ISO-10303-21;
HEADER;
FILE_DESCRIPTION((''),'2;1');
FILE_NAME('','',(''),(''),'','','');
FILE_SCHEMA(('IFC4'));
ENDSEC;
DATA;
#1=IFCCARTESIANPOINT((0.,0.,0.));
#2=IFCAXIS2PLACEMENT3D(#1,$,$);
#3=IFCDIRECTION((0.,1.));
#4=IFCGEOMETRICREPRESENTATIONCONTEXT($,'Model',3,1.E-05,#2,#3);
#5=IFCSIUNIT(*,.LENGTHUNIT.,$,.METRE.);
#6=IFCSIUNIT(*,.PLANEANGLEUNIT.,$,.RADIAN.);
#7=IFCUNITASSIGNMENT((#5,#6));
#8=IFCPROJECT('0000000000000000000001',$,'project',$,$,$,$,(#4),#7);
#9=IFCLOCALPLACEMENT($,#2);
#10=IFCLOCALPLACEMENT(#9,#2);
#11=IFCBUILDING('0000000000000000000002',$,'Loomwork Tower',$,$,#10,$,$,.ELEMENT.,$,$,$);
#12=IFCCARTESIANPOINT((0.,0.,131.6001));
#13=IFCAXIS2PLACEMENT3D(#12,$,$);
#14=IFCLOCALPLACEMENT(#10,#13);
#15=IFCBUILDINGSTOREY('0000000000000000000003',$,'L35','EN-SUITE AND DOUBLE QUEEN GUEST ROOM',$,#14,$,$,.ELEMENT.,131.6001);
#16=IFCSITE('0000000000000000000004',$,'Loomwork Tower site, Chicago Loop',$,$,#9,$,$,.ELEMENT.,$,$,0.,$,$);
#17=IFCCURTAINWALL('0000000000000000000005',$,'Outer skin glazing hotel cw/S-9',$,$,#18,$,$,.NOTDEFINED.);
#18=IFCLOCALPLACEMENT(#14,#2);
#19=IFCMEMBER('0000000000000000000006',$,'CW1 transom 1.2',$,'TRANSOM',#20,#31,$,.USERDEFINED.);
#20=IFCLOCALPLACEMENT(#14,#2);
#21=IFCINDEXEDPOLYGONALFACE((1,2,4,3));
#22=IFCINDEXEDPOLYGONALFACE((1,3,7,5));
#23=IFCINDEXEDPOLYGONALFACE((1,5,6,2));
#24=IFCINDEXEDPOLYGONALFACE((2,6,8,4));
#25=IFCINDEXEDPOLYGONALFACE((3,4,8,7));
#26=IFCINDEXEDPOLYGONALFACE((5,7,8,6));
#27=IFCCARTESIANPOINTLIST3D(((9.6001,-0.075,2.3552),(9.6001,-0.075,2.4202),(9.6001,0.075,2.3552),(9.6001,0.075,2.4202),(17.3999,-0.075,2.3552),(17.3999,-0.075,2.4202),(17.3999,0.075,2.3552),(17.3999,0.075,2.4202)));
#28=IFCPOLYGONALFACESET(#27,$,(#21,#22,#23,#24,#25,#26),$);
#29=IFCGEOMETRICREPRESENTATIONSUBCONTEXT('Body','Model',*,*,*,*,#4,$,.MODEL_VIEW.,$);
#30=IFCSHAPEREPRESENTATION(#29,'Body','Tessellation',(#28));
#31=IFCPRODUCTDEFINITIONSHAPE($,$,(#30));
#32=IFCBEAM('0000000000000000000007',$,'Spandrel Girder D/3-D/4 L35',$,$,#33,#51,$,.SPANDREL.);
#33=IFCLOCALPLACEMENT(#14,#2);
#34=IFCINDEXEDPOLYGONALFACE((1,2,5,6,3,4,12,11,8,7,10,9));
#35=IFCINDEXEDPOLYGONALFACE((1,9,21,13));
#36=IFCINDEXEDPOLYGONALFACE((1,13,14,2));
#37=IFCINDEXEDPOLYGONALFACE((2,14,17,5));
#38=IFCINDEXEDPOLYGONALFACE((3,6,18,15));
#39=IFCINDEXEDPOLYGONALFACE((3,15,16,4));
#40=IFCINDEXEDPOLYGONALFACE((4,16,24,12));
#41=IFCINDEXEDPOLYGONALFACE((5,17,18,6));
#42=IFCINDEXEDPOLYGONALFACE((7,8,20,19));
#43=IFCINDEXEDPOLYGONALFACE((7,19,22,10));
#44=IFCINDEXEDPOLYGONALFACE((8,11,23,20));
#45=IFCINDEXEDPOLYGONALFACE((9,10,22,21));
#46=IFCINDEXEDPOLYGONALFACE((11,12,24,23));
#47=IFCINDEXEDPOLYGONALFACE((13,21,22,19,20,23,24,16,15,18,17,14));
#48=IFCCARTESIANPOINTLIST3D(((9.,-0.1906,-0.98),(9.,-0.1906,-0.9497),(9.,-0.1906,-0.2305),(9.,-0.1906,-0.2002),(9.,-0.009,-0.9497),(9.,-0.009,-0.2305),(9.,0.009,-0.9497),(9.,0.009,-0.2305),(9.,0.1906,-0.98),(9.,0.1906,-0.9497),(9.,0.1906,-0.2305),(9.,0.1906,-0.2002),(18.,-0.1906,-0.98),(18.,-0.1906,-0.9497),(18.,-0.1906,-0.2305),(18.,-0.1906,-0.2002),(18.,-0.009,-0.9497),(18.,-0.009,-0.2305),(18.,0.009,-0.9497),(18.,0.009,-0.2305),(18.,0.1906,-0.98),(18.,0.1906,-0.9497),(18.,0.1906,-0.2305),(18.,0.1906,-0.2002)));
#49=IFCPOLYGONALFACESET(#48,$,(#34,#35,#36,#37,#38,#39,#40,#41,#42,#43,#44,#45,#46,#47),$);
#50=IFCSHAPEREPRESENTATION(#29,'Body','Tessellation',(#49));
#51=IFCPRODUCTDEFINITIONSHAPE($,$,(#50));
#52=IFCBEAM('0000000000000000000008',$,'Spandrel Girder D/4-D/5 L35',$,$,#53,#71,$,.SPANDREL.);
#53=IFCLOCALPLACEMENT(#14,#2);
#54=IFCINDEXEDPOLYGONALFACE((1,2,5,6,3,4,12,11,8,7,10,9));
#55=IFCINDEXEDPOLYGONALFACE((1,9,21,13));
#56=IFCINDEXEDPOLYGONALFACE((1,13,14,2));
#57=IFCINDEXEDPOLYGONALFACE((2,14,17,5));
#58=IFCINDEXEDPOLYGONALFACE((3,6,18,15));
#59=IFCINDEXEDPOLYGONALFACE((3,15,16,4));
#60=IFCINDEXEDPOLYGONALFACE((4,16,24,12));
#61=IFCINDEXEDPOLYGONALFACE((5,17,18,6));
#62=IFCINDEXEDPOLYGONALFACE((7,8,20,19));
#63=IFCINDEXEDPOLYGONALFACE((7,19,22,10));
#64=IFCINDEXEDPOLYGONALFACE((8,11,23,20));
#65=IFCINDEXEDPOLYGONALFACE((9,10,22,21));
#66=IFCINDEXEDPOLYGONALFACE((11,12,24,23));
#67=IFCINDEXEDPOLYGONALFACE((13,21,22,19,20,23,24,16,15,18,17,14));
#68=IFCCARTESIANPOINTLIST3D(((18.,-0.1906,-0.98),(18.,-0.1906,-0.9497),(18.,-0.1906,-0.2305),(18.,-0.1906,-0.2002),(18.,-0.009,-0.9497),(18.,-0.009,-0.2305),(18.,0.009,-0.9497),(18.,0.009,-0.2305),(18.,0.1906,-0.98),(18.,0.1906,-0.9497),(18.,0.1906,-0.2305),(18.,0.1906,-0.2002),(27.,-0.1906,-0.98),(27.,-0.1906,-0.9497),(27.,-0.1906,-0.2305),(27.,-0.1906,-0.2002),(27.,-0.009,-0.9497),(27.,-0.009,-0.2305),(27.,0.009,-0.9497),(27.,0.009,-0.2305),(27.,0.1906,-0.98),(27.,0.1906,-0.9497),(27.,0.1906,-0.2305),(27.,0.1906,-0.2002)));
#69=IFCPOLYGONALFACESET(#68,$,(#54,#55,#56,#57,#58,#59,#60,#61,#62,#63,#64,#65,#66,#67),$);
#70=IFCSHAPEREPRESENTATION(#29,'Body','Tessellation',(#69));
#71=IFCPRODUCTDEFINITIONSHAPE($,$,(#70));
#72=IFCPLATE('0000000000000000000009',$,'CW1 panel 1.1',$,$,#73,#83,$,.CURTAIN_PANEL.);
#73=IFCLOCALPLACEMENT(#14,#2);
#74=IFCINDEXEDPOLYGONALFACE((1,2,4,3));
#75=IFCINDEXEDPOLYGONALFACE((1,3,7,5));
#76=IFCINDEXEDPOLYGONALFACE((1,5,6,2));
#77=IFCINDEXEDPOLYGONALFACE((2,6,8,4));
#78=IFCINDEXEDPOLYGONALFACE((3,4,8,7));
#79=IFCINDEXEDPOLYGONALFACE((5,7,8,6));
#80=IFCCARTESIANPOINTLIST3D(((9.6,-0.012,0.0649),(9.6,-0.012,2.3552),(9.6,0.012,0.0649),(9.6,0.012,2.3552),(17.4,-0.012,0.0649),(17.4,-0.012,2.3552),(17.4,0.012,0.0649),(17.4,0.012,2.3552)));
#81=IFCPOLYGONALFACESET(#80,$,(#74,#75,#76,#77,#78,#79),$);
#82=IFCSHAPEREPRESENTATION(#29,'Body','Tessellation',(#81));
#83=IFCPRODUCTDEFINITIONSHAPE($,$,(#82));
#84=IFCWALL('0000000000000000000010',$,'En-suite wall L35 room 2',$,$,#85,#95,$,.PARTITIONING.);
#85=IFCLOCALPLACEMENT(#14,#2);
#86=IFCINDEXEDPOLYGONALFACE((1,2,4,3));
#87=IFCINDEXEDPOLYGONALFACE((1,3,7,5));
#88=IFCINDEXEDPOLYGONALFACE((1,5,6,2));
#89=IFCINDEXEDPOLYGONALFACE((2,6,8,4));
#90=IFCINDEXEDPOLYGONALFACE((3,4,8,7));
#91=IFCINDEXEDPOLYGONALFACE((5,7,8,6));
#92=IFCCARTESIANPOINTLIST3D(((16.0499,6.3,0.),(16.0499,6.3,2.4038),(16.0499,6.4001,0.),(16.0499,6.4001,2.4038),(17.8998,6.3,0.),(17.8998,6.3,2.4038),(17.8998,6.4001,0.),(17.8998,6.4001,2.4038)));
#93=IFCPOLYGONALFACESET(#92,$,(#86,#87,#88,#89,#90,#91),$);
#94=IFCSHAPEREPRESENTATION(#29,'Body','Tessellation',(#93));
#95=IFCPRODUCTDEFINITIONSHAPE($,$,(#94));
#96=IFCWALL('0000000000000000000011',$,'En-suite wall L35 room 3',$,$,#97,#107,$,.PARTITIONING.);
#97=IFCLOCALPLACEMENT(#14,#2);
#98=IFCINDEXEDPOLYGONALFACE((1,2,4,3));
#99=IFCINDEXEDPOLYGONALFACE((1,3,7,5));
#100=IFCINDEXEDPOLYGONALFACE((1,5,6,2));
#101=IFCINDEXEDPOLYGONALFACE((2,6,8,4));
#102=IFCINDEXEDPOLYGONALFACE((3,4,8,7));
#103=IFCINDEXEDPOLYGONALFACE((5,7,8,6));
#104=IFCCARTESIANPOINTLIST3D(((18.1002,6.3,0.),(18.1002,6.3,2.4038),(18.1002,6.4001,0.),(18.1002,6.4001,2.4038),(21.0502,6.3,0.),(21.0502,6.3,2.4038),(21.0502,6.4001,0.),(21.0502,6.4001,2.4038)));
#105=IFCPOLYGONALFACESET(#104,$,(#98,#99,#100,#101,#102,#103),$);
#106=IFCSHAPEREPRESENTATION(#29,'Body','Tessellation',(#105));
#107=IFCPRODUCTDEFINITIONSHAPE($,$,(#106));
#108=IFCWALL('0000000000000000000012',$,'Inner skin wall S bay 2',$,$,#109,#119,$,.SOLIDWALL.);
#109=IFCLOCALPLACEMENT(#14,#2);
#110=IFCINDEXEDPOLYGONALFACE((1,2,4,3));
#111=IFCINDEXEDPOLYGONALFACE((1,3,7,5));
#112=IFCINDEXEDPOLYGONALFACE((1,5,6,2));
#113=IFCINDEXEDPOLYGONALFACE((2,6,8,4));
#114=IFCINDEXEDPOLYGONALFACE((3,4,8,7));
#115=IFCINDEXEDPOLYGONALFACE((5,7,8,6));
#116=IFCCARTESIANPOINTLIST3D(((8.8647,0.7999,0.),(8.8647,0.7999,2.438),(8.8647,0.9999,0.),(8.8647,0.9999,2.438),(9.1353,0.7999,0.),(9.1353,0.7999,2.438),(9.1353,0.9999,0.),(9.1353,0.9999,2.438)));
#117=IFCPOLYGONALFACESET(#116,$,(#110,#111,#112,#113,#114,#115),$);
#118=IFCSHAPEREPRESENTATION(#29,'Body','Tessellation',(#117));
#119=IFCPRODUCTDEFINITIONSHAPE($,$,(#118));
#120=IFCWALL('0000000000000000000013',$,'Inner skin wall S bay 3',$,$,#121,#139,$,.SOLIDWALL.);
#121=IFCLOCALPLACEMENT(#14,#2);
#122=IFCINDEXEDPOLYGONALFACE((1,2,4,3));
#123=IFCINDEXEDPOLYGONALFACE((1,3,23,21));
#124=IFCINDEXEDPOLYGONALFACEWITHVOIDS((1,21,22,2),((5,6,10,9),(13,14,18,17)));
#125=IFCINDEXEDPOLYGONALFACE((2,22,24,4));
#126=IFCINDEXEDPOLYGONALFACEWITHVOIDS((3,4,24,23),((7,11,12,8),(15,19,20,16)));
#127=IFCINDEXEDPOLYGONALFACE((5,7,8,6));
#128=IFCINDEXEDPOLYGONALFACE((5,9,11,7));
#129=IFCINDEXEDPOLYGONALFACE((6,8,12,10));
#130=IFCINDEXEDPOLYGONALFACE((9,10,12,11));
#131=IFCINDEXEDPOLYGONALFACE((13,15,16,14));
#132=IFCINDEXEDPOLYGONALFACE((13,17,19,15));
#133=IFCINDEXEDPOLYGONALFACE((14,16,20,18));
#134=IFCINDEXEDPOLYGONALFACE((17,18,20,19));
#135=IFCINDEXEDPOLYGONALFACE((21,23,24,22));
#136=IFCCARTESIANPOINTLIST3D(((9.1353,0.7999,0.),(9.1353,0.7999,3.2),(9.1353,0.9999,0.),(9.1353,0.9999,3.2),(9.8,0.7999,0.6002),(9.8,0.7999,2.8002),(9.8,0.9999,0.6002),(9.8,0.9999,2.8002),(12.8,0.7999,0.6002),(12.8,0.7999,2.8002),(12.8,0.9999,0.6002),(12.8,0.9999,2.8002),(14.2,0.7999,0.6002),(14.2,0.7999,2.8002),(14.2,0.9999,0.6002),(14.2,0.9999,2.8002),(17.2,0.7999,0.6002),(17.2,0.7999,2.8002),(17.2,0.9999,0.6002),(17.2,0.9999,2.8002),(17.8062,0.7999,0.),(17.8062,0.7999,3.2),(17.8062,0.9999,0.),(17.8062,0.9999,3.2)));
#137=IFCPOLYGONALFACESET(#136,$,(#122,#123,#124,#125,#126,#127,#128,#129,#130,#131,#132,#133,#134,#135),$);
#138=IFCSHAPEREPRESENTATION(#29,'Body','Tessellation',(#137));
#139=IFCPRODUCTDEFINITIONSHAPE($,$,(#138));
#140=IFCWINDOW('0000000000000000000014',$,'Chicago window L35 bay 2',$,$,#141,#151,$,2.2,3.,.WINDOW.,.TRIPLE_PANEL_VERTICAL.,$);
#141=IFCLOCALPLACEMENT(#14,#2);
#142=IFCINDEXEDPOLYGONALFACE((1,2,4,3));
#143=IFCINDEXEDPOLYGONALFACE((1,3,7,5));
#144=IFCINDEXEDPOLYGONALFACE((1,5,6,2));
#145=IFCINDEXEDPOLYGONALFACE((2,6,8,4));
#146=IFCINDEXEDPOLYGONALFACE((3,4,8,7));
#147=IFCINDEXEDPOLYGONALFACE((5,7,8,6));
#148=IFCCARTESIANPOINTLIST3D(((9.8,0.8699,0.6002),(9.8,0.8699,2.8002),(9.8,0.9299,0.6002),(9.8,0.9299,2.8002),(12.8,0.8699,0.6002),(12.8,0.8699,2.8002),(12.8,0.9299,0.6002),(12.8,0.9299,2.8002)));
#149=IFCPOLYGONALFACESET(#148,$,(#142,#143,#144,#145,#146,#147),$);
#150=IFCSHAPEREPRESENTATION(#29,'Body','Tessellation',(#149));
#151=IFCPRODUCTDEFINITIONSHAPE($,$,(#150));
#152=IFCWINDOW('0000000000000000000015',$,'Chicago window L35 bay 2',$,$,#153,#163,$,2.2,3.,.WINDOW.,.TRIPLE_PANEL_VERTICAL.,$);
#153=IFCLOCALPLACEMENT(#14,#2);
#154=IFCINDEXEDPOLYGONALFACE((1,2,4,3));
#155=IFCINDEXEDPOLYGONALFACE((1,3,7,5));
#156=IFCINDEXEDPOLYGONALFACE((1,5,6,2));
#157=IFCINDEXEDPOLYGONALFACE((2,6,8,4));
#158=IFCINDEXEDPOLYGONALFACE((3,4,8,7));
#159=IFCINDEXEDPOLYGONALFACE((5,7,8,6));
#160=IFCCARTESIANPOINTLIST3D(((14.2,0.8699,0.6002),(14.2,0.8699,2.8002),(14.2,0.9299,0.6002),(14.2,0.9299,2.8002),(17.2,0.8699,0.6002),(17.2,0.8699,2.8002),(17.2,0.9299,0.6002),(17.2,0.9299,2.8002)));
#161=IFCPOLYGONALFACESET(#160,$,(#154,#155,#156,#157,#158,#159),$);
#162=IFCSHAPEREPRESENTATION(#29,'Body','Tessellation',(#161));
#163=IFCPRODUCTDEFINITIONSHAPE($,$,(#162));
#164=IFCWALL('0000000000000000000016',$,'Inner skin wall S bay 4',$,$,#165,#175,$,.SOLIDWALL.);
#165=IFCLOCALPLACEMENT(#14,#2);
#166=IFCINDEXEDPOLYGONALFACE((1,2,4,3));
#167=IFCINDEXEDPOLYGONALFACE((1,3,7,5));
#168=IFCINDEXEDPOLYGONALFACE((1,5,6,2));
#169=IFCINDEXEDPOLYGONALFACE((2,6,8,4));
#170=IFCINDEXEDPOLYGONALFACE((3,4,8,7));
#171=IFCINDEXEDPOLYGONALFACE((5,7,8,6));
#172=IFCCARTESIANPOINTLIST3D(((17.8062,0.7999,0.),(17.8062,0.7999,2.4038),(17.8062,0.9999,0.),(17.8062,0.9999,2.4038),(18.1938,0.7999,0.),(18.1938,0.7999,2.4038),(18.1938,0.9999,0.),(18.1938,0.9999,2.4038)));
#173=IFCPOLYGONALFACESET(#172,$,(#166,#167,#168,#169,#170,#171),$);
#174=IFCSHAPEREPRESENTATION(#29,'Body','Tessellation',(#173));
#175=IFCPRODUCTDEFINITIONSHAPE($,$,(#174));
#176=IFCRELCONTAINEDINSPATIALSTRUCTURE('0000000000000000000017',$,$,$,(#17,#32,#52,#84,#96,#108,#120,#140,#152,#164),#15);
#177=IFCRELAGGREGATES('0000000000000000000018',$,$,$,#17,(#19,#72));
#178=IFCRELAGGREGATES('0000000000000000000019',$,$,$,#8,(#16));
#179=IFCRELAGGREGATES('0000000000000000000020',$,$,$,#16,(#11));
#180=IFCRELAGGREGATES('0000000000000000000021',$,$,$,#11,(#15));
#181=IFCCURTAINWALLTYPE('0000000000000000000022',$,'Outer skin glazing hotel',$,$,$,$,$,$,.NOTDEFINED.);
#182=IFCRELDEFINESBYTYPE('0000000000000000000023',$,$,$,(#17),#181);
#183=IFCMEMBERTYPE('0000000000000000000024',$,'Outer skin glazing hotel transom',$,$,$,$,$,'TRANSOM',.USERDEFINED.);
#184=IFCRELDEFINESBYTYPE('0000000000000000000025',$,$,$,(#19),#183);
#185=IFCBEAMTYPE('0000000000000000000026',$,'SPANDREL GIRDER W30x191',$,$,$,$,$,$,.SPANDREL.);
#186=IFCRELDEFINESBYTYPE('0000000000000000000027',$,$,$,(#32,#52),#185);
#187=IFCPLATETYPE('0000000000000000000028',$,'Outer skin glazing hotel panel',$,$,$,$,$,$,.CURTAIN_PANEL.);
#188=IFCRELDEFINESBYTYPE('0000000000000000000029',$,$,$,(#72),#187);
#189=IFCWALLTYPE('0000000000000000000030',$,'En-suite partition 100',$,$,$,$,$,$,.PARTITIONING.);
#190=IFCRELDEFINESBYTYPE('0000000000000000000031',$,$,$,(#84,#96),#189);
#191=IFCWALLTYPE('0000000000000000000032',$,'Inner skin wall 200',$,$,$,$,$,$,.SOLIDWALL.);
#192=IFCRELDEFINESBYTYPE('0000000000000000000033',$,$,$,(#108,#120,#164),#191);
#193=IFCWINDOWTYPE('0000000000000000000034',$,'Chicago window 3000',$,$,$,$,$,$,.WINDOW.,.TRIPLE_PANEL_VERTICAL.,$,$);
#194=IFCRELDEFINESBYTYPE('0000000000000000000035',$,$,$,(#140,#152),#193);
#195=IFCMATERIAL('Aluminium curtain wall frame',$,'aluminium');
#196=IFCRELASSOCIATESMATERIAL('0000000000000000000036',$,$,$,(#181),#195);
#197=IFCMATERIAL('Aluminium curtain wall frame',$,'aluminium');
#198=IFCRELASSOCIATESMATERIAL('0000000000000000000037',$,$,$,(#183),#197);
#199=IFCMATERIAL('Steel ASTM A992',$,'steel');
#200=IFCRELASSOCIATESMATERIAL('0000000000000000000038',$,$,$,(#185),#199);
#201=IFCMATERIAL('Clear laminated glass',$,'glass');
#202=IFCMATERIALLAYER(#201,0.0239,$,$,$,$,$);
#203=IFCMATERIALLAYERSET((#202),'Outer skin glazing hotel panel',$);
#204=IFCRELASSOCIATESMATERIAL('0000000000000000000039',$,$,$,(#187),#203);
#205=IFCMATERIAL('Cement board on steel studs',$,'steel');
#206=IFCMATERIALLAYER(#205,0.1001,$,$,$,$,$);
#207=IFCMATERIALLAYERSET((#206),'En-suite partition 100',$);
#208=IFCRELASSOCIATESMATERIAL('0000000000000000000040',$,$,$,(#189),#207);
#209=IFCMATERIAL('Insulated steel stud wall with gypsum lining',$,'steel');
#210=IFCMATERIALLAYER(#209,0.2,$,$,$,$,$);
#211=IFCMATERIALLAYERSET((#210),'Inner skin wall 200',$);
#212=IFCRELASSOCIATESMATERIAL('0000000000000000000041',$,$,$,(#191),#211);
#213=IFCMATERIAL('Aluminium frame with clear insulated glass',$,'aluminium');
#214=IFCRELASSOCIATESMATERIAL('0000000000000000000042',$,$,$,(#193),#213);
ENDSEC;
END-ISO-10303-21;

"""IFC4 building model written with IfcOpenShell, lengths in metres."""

from ifc_helpers import new_model, si_unit, direction, frame, frame_2d, origin, origin_2d, place, context, subcontext, project, spatial, rectangle, i_section, extrude, material, layer, layer_set, material_profile, profile_set, type_object, element, fill, aggregate, save


model = new_model("IFC4")

# Units and contexts
model_context = context("Model", 3, precision=1e-05, world=origin(), true_north=direction((0.0, 1.0)))
body_context = subcontext(model_context, "Body", "Model", "MODEL_VIEW")
ifc_project = project(units=[si_unit("LENGTHUNIT", "METRE"), si_unit("PLANEANGLEUNIT", "RADIAN")], contexts=[model_context])

# Site, building, storey
site_placement = place(None, origin())
site = spatial("IfcSite", under=ifc_project, at=site_placement, Name="Loomwork Tower site, Chicago Loop", CompositionType="ELEMENT", RefElevation=0.0)
building_placement = place(site_placement, origin())
building = spatial("IfcBuilding", under=site, at=building_placement, Name="Loomwork Tower", CompositionType="ELEMENT")
storey_placement = place(building_placement, frame((0.0, 0.0, 131.6001)))
storey = spatial("IfcBuildingStorey", under=building, at=storey_placement, Name="L35", Description="EN-SUITE AND DOUBLE QUEEN GUEST ROOM", CompositionType="ELEMENT", Elevation=131.6001)

# Shared definitions
ifc_material_1 = material(Name="Aluminium curtain wall frame", Category="aluminium")
curtain_wall_type = type_object("IfcCurtainWallType", Name="Outer skin glazing hotel", PredefinedType="NOTDEFINED", material=ifc_material_1)

# Curtain wall, member
curtain_wall_1_placement = place(storey_placement, origin())
curtain_wall_1 = element("IfcCurtainWall", 1, at=curtain_wall_1_placement, inside=storey, type_object=curtain_wall_type, Name="Outer skin glazing hotel cw/S-9", PredefinedType="NOTDEFINED")
ifc_material_2 = material(Name="Aluminium curtain wall frame", Category="aluminium")
ifc_material_profile_1 = material_profile(ifc_material_2, rectangle(XDim=0.1499, YDim=0.0649, at=origin_2d()), Name="AL 65x150")
ifc_profile_set_1 = profile_set([ifc_material_profile_1], Name="Aluminium curtain wall frame")
member_type_1 = type_object("IfcMemberType", Name="Outer skin glazing hotel transom", ElementType="TRANSOM", PredefinedType="USERDEFINED", material=ifc_profile_set_1)
member_1_placement = place(storey_placement, frame((9.6001, 0.0, 2.3877), z_axis=(1.0, 0.0, 0.0), x_axis=(0.0, 1.0, 0.0)))
member_1 = element("IfcMember", 2, at=member_1_placement, type_object=member_type_1, Name="CW1 transom 1.2", ObjectType="TRANSOM", PredefinedType="USERDEFINED", context=body_context, shape_type="SweptSolid", body=[
    extrude(rectangle(XDim=0.1499, YDim=0.0649, at=origin_2d()), origin(), (0.0, 0.0, 1.0), 7.7998),
])

# Beams
ifc_material_3 = material(Name="Steel ASTM A992", Category="steel")
ifc_material_profile_2 = material_profile(ifc_material_3, i_section(OverallWidth=0.3811, OverallDepth=0.7798, WebThickness=0.0181, FlangeThickness=0.0303, at=origin_2d()), Name="W30x191")
ifc_profile_set_2 = profile_set([ifc_material_profile_2], Name="Steel ASTM A992")
beam_type_1 = type_object("IfcBeamType", Name="SPANDREL GIRDER W30x191", PredefinedType="SPANDREL", material=ifc_profile_set_2)
for number, where, z_axis, x_axis, name in (
    (3, (9.0, 0.0, -0.5901), (1.0, 0.0, 0.0), (0.0, 1.0, 0.0), "Spandrel Girder D/3-D/4 L35"),
    (4, (18.0, 0.0, -0.5901), (1.0, 0.0, 0.0), (0.0, 1.0, 0.0), "Spandrel Girder D/4-D/5 L35"),
):
    element("IfcBeam", number, at=place(storey_placement, frame(where, z_axis=z_axis, x_axis=x_axis)), inside=storey, type_object=beam_type_1, Name=name, PredefinedType="SPANDREL", context=body_context, shape_type="SweptSolid", body=[
        extrude(i_section(OverallWidth=0.3811, OverallDepth=0.7798, WebThickness=0.0181, FlangeThickness=0.0303, at=origin_2d()), origin(), (0.0, 0.0, 1.0), 9.0),
    ])

# Plate
ifc_material_4 = material(Name="Clear laminated glass", Category="glass")
ifc_layer_1 = layer(ifc_material_4, 0.0239)
ifc_layer_set_1 = layer_set([ifc_layer_1], Name="Outer skin glazing hotel panel")
plate_type = type_object("IfcPlateType", Name="Outer skin glazing hotel panel", PredefinedType="CURTAIN_PANEL", material=ifc_layer_set_1)
plate_placement = place(storey_placement, frame((13.5, 0.0, 0.0649), z_axis=(0.0, 0.0, 1.0), x_axis=(1.0, 0.0, 0.0)))
plate = element("IfcPlate", 5, at=plate_placement, type_object=plate_type, Name="CW1 panel 1.1", PredefinedType="CURTAIN_PANEL", context=body_context, shape_type="SweptSolid", body=[
    extrude(rectangle(XDim=7.8, YDim=0.0239, at=origin_2d()), origin(), (0.0, 0.0, 1.0), 2.2903),
])
aggregate(curtain_wall_1, [member_1, plate])

# Walls
ifc_material_5 = material(Name="Cement board on steel studs", Category="steel")
ifc_layer_2 = layer(ifc_material_5, 0.1001)
ifc_layer_set_2 = layer_set([ifc_layer_2], Name="En-suite partition 100")
wall_type_1 = type_object("IfcWallType", Name="En-suite partition 100", PredefinedType="PARTITIONING", material=ifc_layer_set_2)
wall_1_placement = place(storey_placement, frame((16.05, 6.3501, 0.0), z_axis=(0.0, 0.0, 1.0), x_axis=(1.0, 0.0, 0.0)))
element("IfcWall", 6, at=wall_1_placement, inside=storey, type_object=wall_type_1, Name="En-suite wall L35 room 2", PredefinedType="PARTITIONING", context=body_context, shape_type="SweptSolid", body=[
    extrude(rectangle(XDim=1.8499, YDim=0.1001, at=frame_2d((0.9248, 0.0))), origin(), (0.0, 0.0, 1.0), 2.4038),
])
wall_2_placement = place(storey_placement, frame((18.1001, 6.3501, 0.0), z_axis=(0.0, 0.0, 1.0), x_axis=(1.0, 0.0, 0.0)))
element("IfcWall", 7, at=wall_2_placement, inside=storey, type_object=wall_type_1, Name="En-suite wall L35 room 3", PredefinedType="PARTITIONING", context=body_context, shape_type="SweptSolid", body=[
    extrude(rectangle(XDim=2.95, YDim=0.1001, at=frame_2d((1.4751, 0.0))), origin(), (0.0, 0.0, 1.0), 2.4038),
])
ifc_material_6 = material(Name="Insulated steel stud wall with gypsum lining", Category="steel")
ifc_layer_3 = layer(ifc_material_6, 0.2)
ifc_layer_set_3 = layer_set([ifc_layer_3], Name="Inner skin wall 200")
wall_type_2 = type_object("IfcWallType", Name="Inner skin wall 200", PredefinedType="SOLIDWALL", material=ifc_layer_set_3)
wall_3_placement = place(storey_placement, frame((8.8647, 0.8999, 0.0), z_axis=(0.0, 0.0, 1.0), x_axis=(1.0, 0.0, 0.0)))
element("IfcWall", 8, at=wall_3_placement, inside=storey, type_object=wall_type_2, Name="Inner skin wall S bay 2", PredefinedType="SOLIDWALL", context=body_context, shape_type="SweptSolid", body=[
    extrude(rectangle(XDim=0.2705, YDim=0.2, at=frame_2d((0.1353, 0.0))), origin(), (0.0, 0.0, 1.0), 2.438),
])

# Wall, openings, windows
wall_4_placement = place(storey_placement, frame((9.1353, 0.8999, 0.0), z_axis=(0.0, 0.0, 1.0), x_axis=(1.0, 0.0, 0.0)))
wall_4 = element("IfcWall", 9, at=wall_4_placement, inside=storey, type_object=wall_type_2, Name="Inner skin wall S bay 3", PredefinedType="SOLIDWALL", context=body_context, shape_type="SweptSolid", body=[
    extrude(rectangle(XDim=8.6709, YDim=0.2, at=frame_2d((4.3354, 0.0))), origin(), (0.0, 0.0, 1.0), 3.2),
])
opening_1_placement = place(wall_4_placement, frame((0.6648, 0.0, 0.6001)))
opening_1 = element("IfcOpeningElement", 10, at=opening_1_placement, cuts=wall_4, PredefinedType="OPENING", context=body_context, shape_type="SweptSolid", body=[
    extrude(rectangle(XDim=3.0, YDim=2.2, at=frame_2d((1.5, 1.1001))), frame((0.0, 0.1099, 0.0), z_axis=(0.0, -1.0, 0.0), x_axis=(1.0, 0.0, 0.0)), (0.0, 0.0, 1.0), 0.22),
])
opening_2_placement = place(wall_4_placement, frame((5.0647, 0.0, 0.6001)))
opening_2 = element("IfcOpeningElement", 11, at=opening_2_placement, cuts=wall_4, PredefinedType="OPENING", context=body_context, shape_type="SweptSolid", body=[
    extrude(rectangle(XDim=3.0, YDim=2.2, at=frame_2d((1.5, 1.1001))), frame((0.0, 0.1099, 0.0), z_axis=(0.0, -1.0, 0.0), x_axis=(1.0, 0.0, 0.0)), (0.0, 0.0, 1.0), 0.22),
])
ifc_material_7 = material(Name="Aluminium frame with clear insulated glass", Category="aluminium")
window_type = type_object("IfcWindowType", Name="Chicago window 3000", PartitioningType="TRIPLE_PANEL_VERTICAL", PredefinedType="WINDOW", material=ifc_material_7)
window_1_placement = place(opening_1_placement, origin())
window_1 = element("IfcWindow", 12, at=window_1_placement, inside=storey, type_object=window_type, Name="Chicago window L35 bay 2", OverallHeight=2.2, OverallWidth=3.0, PartitioningType="TRIPLE_PANEL_VERTICAL", PredefinedType="WINDOW", context=body_context, shape_type="SweptSolid", body=[
    extrude(rectangle(XDim=3.0, YDim=2.2, at=frame_2d((1.5, 1.1001))), frame((0.0, 0.03, 0.0), z_axis=(0.0, -1.0, 0.0), x_axis=(1.0, 0.0, 0.0)), (0.0, 0.0, 1.0), 0.0601),
])
fill(opening_1, window_1)
window_2_placement = place(opening_2_placement, origin())
window_2 = element("IfcWindow", 13, at=window_2_placement, inside=storey, type_object=window_type, Name="Chicago window L35 bay 2", OverallHeight=2.2, OverallWidth=3.0, PartitioningType="TRIPLE_PANEL_VERTICAL", PredefinedType="WINDOW", context=body_context, shape_type="SweptSolid", body=[
    extrude(rectangle(XDim=3.0, YDim=2.2, at=frame_2d((1.5, 1.1001))), frame((0.0, 0.03, 0.0), z_axis=(0.0, -1.0, 0.0), x_axis=(1.0, 0.0, 0.0)), (0.0, 0.0, 1.0), 0.0601),
])
fill(opening_2, window_2)

# Wall
wall_5_placement = place(storey_placement, frame((17.8062, 0.8999, 0.0), z_axis=(0.0, 0.0, 1.0), x_axis=(1.0, 0.0, 0.0)))
element("IfcWall", 14, at=wall_5_placement, inside=storey, type_object=wall_type_2, Name="Inner skin wall S bay 4", PredefinedType="SOLIDWALL", context=body_context, shape_type="SweptSolid", body=[
    extrude(rectangle(XDim=0.3877, YDim=0.2, at=frame_2d((0.1938, 0.0))), origin(), (0.0, 0.0, 1.0), 2.4038),
])

save(model, "model.ifc")
